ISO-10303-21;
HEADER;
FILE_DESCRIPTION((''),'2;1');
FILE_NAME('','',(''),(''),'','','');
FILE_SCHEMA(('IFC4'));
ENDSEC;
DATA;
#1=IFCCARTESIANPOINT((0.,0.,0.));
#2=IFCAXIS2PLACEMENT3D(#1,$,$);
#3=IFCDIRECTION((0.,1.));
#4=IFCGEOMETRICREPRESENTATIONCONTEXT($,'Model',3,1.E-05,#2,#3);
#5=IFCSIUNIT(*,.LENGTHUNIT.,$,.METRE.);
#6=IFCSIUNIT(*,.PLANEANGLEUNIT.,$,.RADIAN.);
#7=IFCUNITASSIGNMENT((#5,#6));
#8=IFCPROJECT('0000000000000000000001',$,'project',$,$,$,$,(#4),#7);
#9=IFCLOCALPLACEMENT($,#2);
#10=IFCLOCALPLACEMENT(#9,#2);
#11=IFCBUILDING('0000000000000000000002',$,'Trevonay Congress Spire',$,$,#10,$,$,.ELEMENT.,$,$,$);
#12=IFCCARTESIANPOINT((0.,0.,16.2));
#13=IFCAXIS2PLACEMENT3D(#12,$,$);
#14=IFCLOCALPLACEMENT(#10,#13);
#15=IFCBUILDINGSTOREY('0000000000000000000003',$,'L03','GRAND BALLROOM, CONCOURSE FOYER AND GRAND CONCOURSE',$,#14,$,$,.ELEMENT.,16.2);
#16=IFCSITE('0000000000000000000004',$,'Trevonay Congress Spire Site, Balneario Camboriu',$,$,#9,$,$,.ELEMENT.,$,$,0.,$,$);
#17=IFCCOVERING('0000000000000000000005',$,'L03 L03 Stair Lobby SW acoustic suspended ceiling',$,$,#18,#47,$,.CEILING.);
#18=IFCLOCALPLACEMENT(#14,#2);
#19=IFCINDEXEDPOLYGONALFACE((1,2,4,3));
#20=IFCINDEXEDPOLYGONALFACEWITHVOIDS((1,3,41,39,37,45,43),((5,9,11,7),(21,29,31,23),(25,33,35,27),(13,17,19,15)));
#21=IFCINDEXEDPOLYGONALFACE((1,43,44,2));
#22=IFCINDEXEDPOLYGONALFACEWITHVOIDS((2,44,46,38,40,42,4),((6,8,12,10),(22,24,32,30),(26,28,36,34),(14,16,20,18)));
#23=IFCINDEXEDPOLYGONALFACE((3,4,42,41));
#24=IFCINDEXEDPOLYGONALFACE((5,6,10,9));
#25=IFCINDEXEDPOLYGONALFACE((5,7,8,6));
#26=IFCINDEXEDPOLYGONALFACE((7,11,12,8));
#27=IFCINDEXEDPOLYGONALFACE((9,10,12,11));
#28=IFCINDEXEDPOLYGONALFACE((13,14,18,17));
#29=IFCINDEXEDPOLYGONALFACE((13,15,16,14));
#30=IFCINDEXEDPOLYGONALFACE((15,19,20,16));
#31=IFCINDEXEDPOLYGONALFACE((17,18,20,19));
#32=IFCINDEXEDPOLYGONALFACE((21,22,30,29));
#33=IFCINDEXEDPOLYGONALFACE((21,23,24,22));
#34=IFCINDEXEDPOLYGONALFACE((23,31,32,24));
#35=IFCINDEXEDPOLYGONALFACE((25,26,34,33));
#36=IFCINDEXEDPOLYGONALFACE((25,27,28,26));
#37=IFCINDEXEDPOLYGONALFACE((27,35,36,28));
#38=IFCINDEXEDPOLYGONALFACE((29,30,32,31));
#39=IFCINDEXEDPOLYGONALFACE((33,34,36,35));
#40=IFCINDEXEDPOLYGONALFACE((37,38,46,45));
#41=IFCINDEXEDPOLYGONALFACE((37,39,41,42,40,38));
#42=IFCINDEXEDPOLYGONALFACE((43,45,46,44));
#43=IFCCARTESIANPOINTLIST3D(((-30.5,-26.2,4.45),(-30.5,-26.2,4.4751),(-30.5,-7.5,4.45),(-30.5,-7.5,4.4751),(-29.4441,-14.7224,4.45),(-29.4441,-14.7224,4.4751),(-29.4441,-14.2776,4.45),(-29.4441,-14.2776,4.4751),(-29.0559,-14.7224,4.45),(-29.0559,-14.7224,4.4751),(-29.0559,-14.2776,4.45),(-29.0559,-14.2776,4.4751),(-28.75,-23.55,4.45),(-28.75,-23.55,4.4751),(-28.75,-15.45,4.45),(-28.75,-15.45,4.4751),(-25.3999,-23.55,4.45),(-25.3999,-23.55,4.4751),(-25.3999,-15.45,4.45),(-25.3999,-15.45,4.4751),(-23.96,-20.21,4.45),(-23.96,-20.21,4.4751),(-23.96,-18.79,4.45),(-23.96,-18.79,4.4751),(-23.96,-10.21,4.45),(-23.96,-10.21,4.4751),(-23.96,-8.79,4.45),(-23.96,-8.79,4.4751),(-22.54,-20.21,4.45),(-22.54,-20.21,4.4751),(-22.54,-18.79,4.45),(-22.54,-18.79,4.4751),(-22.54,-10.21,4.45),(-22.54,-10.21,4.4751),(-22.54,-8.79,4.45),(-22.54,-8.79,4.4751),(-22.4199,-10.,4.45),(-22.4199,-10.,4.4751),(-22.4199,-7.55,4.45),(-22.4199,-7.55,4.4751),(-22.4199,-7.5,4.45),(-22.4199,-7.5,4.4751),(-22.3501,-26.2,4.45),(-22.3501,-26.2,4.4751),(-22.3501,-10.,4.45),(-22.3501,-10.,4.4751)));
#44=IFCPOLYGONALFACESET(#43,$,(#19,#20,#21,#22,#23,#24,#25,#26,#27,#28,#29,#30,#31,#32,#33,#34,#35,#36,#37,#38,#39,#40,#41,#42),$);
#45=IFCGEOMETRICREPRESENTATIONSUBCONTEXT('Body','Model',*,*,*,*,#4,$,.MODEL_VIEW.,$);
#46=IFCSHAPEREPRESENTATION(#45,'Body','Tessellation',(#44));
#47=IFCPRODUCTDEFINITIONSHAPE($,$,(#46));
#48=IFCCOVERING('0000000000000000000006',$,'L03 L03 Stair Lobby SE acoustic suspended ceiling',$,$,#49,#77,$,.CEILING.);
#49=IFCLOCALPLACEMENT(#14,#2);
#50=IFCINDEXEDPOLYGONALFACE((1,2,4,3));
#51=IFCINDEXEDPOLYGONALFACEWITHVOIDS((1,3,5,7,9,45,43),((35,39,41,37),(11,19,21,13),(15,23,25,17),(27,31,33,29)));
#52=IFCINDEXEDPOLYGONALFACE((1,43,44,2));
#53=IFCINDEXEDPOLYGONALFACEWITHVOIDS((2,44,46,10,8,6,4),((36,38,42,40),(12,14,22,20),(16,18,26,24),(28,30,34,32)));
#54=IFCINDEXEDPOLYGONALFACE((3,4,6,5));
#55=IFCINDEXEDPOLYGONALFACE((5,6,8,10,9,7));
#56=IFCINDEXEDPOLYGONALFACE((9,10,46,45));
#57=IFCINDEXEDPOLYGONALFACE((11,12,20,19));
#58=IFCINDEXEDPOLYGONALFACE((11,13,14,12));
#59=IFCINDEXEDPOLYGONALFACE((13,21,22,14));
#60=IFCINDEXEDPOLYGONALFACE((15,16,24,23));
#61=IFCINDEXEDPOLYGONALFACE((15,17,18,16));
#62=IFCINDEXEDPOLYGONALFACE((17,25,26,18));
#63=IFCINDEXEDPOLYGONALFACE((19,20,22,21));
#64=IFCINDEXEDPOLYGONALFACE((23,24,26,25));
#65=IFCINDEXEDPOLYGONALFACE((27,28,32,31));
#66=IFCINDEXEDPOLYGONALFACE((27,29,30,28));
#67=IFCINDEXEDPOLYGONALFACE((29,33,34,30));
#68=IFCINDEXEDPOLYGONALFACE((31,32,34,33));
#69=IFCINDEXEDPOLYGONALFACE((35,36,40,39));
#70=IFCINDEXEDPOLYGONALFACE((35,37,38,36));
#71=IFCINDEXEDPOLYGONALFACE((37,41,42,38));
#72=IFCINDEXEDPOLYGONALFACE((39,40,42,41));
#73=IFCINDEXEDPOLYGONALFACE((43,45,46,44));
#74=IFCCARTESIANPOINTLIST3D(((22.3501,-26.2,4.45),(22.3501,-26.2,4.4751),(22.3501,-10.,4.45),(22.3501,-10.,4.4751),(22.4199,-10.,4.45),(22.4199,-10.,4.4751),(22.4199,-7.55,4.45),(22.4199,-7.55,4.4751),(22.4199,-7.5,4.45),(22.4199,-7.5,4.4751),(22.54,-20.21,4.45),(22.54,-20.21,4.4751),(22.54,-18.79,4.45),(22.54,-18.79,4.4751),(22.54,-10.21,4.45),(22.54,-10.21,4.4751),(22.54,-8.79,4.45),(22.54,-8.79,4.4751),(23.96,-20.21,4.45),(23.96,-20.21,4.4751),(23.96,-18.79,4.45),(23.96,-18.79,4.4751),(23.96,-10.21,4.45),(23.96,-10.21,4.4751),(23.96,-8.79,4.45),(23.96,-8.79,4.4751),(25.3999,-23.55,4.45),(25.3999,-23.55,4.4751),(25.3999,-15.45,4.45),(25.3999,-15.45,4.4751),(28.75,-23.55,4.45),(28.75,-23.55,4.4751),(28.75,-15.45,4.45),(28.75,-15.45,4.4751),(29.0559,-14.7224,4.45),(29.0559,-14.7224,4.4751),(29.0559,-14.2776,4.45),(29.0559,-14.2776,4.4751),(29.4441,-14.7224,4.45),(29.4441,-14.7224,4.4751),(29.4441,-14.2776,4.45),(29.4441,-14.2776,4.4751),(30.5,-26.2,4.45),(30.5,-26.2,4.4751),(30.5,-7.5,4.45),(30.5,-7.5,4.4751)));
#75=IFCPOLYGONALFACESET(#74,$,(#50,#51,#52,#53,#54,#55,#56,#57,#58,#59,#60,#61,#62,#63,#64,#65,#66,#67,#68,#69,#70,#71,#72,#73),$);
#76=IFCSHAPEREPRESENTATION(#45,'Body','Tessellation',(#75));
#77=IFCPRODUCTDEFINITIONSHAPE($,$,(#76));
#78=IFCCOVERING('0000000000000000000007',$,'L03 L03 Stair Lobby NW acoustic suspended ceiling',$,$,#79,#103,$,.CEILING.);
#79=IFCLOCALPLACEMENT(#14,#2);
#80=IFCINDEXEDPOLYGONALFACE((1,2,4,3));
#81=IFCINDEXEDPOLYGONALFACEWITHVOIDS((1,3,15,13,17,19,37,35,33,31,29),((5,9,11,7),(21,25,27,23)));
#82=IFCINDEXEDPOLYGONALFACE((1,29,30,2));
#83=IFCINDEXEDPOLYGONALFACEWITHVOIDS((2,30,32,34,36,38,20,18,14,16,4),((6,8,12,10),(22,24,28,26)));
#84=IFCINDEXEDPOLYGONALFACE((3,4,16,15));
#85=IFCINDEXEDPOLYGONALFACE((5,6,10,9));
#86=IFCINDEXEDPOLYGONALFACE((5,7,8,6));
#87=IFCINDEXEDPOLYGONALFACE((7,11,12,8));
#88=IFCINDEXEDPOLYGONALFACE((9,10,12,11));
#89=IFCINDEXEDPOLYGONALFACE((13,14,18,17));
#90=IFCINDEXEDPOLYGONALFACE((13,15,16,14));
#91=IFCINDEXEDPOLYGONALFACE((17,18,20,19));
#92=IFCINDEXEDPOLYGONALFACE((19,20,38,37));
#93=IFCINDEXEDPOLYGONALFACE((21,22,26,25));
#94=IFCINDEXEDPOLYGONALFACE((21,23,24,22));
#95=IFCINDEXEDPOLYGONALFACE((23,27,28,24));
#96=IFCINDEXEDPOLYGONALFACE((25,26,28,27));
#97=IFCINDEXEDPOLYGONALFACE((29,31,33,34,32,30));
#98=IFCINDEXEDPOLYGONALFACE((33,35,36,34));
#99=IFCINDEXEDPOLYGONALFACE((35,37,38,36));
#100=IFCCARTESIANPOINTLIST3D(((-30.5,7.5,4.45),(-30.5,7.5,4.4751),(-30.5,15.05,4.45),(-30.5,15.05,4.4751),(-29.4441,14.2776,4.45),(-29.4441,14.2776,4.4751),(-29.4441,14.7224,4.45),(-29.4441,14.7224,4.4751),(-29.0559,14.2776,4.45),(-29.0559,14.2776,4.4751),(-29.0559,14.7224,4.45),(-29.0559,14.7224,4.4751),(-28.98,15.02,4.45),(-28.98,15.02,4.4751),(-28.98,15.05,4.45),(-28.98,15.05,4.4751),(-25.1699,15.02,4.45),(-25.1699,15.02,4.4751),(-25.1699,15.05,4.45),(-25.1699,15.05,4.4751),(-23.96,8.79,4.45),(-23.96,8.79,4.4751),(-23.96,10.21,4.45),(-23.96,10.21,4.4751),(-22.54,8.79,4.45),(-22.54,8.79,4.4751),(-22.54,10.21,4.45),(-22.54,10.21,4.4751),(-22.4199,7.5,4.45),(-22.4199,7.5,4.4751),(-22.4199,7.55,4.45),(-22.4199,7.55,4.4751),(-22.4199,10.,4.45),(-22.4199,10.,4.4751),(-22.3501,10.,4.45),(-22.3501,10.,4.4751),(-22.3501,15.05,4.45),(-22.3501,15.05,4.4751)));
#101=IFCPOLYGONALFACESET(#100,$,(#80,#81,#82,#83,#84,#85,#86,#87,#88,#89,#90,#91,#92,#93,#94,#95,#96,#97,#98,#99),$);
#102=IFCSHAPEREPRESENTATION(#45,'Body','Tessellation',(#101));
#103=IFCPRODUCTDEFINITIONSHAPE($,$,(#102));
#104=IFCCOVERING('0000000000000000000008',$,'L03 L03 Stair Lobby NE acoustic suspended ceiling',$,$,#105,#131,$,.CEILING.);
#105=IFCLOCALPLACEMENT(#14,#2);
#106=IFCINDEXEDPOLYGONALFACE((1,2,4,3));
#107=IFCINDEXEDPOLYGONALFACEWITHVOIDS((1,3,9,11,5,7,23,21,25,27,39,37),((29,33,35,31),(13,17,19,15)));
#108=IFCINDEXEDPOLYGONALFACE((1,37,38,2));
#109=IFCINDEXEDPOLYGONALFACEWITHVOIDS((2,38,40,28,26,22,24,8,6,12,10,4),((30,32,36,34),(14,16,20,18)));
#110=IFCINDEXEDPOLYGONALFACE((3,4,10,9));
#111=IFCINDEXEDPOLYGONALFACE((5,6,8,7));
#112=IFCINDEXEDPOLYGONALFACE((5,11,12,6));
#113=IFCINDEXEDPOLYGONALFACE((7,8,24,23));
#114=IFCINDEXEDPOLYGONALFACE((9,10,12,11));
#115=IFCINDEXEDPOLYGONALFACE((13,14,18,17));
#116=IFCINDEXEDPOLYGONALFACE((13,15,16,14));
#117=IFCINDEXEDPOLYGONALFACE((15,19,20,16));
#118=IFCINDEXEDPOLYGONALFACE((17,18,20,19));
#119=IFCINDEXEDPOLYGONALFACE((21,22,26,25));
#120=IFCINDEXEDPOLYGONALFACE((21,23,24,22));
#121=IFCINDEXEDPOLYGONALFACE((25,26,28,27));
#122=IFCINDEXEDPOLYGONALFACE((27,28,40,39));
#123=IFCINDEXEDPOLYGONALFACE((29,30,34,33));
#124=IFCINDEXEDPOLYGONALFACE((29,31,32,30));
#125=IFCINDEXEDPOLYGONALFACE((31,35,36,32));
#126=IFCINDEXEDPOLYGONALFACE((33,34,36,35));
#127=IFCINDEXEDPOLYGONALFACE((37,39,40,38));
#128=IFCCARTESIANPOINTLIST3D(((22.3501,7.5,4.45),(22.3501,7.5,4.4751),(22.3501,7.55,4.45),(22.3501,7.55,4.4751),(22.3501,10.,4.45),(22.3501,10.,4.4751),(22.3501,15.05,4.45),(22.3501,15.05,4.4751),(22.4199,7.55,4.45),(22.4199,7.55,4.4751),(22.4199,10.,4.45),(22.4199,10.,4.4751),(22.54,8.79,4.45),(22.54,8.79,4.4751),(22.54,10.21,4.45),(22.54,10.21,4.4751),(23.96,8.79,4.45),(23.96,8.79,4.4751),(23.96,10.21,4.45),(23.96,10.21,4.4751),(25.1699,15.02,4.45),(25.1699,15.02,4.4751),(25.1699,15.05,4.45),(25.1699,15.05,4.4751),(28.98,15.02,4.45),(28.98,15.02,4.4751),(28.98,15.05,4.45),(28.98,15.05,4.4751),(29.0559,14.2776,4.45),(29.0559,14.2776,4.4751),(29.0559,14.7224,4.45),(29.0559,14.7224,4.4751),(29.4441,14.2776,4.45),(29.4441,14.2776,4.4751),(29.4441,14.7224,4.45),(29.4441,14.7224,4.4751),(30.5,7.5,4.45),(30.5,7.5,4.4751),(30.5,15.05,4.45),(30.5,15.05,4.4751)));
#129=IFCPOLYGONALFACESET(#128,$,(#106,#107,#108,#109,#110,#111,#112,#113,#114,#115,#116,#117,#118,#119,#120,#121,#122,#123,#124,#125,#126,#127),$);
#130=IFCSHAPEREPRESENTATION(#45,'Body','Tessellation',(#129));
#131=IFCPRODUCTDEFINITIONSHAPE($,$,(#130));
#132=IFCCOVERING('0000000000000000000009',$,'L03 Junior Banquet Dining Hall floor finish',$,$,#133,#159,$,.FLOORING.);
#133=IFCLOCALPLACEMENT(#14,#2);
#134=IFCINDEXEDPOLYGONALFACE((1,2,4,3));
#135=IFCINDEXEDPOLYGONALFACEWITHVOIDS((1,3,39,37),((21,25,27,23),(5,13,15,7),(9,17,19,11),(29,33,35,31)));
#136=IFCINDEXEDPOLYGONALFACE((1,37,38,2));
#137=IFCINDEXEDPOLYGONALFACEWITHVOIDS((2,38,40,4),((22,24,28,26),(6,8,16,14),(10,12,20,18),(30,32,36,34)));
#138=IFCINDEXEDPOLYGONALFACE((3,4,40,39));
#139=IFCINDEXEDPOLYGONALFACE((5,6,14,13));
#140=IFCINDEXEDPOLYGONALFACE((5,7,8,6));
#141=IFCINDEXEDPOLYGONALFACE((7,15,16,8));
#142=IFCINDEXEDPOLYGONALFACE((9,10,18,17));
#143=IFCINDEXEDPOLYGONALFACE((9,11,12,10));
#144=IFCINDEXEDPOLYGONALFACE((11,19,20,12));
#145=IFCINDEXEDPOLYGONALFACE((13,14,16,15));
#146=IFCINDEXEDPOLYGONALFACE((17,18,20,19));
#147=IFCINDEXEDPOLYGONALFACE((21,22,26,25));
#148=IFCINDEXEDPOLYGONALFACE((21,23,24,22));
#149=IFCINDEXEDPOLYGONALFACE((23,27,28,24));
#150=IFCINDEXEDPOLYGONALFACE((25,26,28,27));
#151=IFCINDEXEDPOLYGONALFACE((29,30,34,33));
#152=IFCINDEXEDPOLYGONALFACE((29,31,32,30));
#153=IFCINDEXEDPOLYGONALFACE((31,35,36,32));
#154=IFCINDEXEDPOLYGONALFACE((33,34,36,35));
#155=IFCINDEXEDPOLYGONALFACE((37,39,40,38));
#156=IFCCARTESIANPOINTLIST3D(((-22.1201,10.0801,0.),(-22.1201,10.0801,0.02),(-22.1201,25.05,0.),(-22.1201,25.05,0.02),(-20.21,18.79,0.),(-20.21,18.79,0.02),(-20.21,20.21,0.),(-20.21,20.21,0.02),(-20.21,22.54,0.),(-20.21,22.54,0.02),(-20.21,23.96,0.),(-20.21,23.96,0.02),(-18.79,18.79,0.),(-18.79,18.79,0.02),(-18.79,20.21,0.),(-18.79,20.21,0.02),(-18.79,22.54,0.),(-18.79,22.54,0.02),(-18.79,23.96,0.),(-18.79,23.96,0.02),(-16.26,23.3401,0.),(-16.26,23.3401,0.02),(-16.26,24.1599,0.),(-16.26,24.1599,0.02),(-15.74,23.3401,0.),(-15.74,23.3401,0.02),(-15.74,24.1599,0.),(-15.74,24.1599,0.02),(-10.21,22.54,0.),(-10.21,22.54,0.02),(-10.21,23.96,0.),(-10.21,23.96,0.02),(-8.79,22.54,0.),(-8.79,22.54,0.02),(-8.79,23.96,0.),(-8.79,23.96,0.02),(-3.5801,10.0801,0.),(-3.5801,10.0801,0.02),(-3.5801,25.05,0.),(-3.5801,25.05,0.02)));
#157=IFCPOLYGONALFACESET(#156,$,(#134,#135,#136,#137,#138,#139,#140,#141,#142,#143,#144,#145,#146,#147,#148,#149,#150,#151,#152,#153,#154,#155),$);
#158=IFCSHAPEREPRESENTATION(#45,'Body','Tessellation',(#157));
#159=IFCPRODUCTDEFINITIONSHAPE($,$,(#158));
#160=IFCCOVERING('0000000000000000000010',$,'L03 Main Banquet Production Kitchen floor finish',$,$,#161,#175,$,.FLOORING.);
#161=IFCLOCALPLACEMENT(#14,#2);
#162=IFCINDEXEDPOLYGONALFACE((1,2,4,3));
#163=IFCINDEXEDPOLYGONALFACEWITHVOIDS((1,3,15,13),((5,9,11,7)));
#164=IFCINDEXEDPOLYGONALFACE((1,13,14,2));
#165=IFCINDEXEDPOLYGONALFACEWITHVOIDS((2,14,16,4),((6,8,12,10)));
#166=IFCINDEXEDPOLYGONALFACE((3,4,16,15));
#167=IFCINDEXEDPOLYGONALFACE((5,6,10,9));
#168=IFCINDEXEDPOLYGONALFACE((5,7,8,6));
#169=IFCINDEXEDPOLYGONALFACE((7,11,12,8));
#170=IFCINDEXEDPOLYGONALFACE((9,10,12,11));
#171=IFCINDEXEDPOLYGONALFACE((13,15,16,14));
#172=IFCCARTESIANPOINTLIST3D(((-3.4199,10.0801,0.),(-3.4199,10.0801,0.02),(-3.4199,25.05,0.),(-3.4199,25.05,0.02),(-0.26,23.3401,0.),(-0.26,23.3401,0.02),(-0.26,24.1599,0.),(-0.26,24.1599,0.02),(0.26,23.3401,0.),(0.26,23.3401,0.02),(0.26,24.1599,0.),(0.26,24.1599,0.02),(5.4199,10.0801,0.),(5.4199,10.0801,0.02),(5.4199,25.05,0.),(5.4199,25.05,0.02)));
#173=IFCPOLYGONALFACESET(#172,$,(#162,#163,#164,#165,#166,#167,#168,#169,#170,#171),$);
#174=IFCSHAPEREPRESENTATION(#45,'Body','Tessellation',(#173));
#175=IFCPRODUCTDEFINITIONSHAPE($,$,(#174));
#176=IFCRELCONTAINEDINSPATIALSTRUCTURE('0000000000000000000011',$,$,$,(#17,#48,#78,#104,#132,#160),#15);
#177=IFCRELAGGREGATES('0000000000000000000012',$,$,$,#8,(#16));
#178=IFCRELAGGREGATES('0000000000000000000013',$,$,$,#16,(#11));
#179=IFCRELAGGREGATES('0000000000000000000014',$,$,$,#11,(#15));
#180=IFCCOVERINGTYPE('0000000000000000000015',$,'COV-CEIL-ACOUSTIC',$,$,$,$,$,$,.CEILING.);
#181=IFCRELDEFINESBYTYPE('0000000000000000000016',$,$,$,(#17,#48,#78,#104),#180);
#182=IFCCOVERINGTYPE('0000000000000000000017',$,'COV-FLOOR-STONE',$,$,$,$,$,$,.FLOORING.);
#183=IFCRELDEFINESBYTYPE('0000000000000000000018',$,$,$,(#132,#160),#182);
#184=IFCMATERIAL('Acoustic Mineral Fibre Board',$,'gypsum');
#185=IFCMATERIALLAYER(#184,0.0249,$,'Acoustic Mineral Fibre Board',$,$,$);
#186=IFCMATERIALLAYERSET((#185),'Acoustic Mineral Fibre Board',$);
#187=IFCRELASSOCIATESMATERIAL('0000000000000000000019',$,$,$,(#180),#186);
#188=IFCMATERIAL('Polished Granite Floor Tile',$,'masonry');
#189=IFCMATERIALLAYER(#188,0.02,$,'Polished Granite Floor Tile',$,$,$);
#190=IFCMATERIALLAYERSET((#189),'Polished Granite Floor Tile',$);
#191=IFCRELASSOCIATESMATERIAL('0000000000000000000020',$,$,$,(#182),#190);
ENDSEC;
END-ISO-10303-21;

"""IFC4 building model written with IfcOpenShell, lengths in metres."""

from ifc_helpers import new_model, si_unit, direction, frame, origin, place, context, subcontext, project, spatial, polyline, outline, extrude, material, layer, layer_set, type_object, element, save


model = new_model("IFC4")

# Units and contexts
model_context = context("Model", 3, precision=1e-05, world=origin(), true_north=direction((0.0, 1.0)))
body_context = subcontext(model_context, "Body", "Model", "MODEL_VIEW")
ifc_project = project(units=[si_unit("LENGTHUNIT", "METRE"), si_unit("PLANEANGLEUNIT", "RADIAN")], contexts=[model_context])

# Site, building, storey
site_placement = place(None, origin())
site = spatial("IfcSite", under=ifc_project, at=site_placement, Name="Trevonay Congress Spire Site, Balneario Camboriu", CompositionType="ELEMENT", RefElevation=0.0)
building_placement = place(site_placement, origin())
building = spatial("IfcBuilding", under=site, at=building_placement, Name="Trevonay Congress Spire", CompositionType="ELEMENT")
storey_placement = place(building_placement, frame((0.0, 0.0, 16.2)))
storey = spatial("IfcBuildingStorey", under=building, at=storey_placement, Name="L03", Description="GRAND BALLROOM, CONCOURSE FOYER AND GRAND CONCOURSE", CompositionType="ELEMENT", Elevation=16.2)

# Coverings
ifc_material_1 = material(Name="Acoustic Mineral Fibre Board", Category="gypsum")
ifc_layer_1 = layer(ifc_material_1, 0.0249, Name="Acoustic Mineral Fibre Board")
ifc_layer_set_1 = layer_set([ifc_layer_1], Name="Acoustic Mineral Fibre Board")
covering_type_1 = type_object("IfcCoveringType", Name="COV-CEIL-ACOUSTIC", PredefinedType="CEILING", material=ifc_layer_set_1)
covering_1_placement = place(storey_placement, frame((0.0, 0.0, 4.45)))
element("IfcCovering", 1, at=covering_1_placement, inside=storey, type_object=covering_type_1, Name="L03 L03 Stair Lobby SW acoustic suspended ceiling", PredefinedType="CEILING", context=body_context, shape_type="SweptSolid", body=[
    extrude(outline(polyline([(-30.5, -26.2), (-30.5, -7.5), (-22.4199, -7.5), (-22.4199, -7.55), (-22.4199, -10.0), (-22.3501, -10.0), (-22.3501, -26.2), (-30.5, -26.2)]), holes=[polyline([(-22.54, -20.21), (-22.54, -18.79), (-23.96, -18.79), (-23.96, -20.21), (-22.54, -20.21)]), polyline([(-29.4441, -14.7224), (-29.0559, -14.7224), (-29.0559, -14.2776), (-29.4441, -14.2776), (-29.4441, -14.7224)]), polyline([(-23.96, -10.21), (-22.54, -10.21), (-22.54, -8.79), (-23.96, -8.79), (-23.96, -10.21)]), polyline([(-28.75, -15.45), (-28.75, -23.55), (-25.3999, -23.55), (-25.3999, -15.45), (-28.75, -15.45)])]), origin(), (0.0, 0.0, 1.0), 0.0251),
])
covering_2_placement = place(storey_placement, frame((0.0, 0.0, 4.45)))
element("IfcCovering", 2, at=covering_2_placement, inside=storey, type_object=covering_type_1, Name="L03 L03 Stair Lobby SE acoustic suspended ceiling", PredefinedType="CEILING", context=body_context, shape_type="SweptSolid", body=[
    extrude(outline(polyline([(22.3501, -26.2), (22.3501, -10.0), (22.4199, -10.0), (22.4199, -7.55), (22.4199, -7.5), (30.5, -7.5), (30.5, -26.2), (22.3501, -26.2)]), holes=[polyline([(23.96, -20.21), (23.96, -18.79), (22.54, -18.79), (22.54, -20.21), (23.96, -20.21)]), polyline([(29.0559, -14.7224), (29.4441, -14.7224), (29.4441, -14.2776), (29.0559, -14.2776), (29.0559, -14.7224)]), polyline([(22.54, -10.21), (23.96, -10.21), (23.96, -8.79), (22.54, -8.79), (22.54, -10.21)]), polyline([(28.75, -15.45), (25.3999, -15.45), (25.3999, -23.55), (28.75, -23.55), (28.75, -15.45)])]), origin(), (0.0, 0.0, 1.0), 0.0251),
])
covering_3_placement = place(storey_placement, frame((0.0, 0.0, 4.45)))
element("IfcCovering", 3, at=covering_3_placement, inside=storey, type_object=covering_type_1, Name="L03 L03 Stair Lobby NW acoustic suspended ceiling", PredefinedType="CEILING", context=body_context, shape_type="SweptSolid", body=[
    extrude(outline(polyline([(-25.1699, 15.02), (-25.1699, 15.05), (-22.3501, 15.05), (-22.3501, 10.0), (-22.4199, 10.0), (-22.4199, 7.55), (-22.4199, 7.5), (-30.5, 7.5), (-30.5, 15.05), (-28.98, 15.05), (-28.98, 15.02), (-25.1699, 15.02)]), holes=[polyline([(-22.54, 8.79), (-22.54, 10.21), (-23.96, 10.21), (-23.96, 8.79), (-22.54, 8.79)]), polyline([(-29.0559, 14.2776), (-29.0559, 14.7224), (-29.4441, 14.7224), (-29.4441, 14.2776), (-29.0559, 14.2776)])]), origin(), (0.0, 0.0, 1.0), 0.0251),
])
covering_4_placement = place(storey_placement, frame((0.0, 0.0, 4.45)))
element("IfcCovering", 4, at=covering_4_placement, inside=storey, type_object=covering_type_1, Name="L03 L03 Stair Lobby NE acoustic suspended ceiling", PredefinedType="CEILING", context=body_context, shape_type="SweptSolid", body=[
    extrude(outline(polyline([(28.98, 15.02), (28.98, 15.05), (30.5, 15.05), (30.5, 7.5), (22.3501, 7.5), (22.3501, 7.55), (22.4199, 7.55), (22.4199, 10.0), (22.3501, 10.0), (22.3501, 15.05), (25.1699, 15.05), (25.1699, 15.02), (28.98, 15.02)]), holes=[polyline([(23.96, 8.79), (23.96, 10.21), (22.54, 10.21), (22.54, 8.79), (23.96, 8.79)]), polyline([(29.4441, 14.2776), (29.4441, 14.7224), (29.0559, 14.7224), (29.0559, 14.2776), (29.4441, 14.2776)])]), origin(), (0.0, 0.0, 1.0), 0.0251),
])
ifc_material_2 = material(Name="Polished Granite Floor Tile", Category="masonry")
ifc_layer_2 = layer(ifc_material_2, 0.02, Name="Polished Granite Floor Tile")
ifc_layer_set_2 = layer_set([ifc_layer_2], Name="Polished Granite Floor Tile")
covering_type_2 = type_object("IfcCoveringType", Name="COV-FLOOR-STONE", PredefinedType="FLOORING", material=ifc_layer_set_2)
covering_5_placement = place(storey_placement, origin())
element("IfcCovering", 5, at=covering_5_placement, inside=storey, type_object=covering_type_2, Name="L03 Junior Banquet Dining Hall floor finish", PredefinedType="FLOORING", context=body_context, shape_type="SweptSolid", body=[
    extrude(outline(polyline([(-22.1201, 25.05), (-3.5801, 25.05), (-3.5801, 10.0801), (-22.1201, 10.0801), (-22.1201, 25.05)]), holes=[polyline([(-20.21, 20.21), (-20.21, 18.79), (-18.79, 18.79), (-18.79, 20.21), (-20.21, 20.21)]), polyline([(-20.21, 23.96), (-20.21, 22.54), (-18.79, 22.54), (-18.79, 23.96), (-20.21, 23.96)]), polyline([(-10.21, 23.96), (-10.21, 22.54), (-8.79, 22.54), (-8.79, 23.96), (-10.21, 23.96)]), polyline([(-16.26, 24.1599), (-16.26, 23.3401), (-15.74, 23.3401), (-15.74, 24.1599), (-16.26, 24.1599)])]), origin(), (0.0, 0.0, 1.0), 0.02),
])
covering_6_placement = place(storey_placement, origin())
element("IfcCovering", 6, at=covering_6_placement, inside=storey, type_object=covering_type_2, Name="L03 Main Banquet Production Kitchen floor finish", PredefinedType="FLOORING", context=body_context, shape_type="SweptSolid", body=[
    extrude(outline(polyline([(-3.4199, 25.05), (5.4199, 25.05), (5.4199, 10.0801), (-3.4199, 10.0801), (-3.4199, 25.05)]), holes=[polyline([(0.26, 23.3401), (0.26, 24.1599), (-0.26, 24.1599), (-0.26, 23.3401), (0.26, 23.3401)])]), origin(), (0.0, 0.0, 1.0), 0.02),
])

save(model, "model.ifc")
